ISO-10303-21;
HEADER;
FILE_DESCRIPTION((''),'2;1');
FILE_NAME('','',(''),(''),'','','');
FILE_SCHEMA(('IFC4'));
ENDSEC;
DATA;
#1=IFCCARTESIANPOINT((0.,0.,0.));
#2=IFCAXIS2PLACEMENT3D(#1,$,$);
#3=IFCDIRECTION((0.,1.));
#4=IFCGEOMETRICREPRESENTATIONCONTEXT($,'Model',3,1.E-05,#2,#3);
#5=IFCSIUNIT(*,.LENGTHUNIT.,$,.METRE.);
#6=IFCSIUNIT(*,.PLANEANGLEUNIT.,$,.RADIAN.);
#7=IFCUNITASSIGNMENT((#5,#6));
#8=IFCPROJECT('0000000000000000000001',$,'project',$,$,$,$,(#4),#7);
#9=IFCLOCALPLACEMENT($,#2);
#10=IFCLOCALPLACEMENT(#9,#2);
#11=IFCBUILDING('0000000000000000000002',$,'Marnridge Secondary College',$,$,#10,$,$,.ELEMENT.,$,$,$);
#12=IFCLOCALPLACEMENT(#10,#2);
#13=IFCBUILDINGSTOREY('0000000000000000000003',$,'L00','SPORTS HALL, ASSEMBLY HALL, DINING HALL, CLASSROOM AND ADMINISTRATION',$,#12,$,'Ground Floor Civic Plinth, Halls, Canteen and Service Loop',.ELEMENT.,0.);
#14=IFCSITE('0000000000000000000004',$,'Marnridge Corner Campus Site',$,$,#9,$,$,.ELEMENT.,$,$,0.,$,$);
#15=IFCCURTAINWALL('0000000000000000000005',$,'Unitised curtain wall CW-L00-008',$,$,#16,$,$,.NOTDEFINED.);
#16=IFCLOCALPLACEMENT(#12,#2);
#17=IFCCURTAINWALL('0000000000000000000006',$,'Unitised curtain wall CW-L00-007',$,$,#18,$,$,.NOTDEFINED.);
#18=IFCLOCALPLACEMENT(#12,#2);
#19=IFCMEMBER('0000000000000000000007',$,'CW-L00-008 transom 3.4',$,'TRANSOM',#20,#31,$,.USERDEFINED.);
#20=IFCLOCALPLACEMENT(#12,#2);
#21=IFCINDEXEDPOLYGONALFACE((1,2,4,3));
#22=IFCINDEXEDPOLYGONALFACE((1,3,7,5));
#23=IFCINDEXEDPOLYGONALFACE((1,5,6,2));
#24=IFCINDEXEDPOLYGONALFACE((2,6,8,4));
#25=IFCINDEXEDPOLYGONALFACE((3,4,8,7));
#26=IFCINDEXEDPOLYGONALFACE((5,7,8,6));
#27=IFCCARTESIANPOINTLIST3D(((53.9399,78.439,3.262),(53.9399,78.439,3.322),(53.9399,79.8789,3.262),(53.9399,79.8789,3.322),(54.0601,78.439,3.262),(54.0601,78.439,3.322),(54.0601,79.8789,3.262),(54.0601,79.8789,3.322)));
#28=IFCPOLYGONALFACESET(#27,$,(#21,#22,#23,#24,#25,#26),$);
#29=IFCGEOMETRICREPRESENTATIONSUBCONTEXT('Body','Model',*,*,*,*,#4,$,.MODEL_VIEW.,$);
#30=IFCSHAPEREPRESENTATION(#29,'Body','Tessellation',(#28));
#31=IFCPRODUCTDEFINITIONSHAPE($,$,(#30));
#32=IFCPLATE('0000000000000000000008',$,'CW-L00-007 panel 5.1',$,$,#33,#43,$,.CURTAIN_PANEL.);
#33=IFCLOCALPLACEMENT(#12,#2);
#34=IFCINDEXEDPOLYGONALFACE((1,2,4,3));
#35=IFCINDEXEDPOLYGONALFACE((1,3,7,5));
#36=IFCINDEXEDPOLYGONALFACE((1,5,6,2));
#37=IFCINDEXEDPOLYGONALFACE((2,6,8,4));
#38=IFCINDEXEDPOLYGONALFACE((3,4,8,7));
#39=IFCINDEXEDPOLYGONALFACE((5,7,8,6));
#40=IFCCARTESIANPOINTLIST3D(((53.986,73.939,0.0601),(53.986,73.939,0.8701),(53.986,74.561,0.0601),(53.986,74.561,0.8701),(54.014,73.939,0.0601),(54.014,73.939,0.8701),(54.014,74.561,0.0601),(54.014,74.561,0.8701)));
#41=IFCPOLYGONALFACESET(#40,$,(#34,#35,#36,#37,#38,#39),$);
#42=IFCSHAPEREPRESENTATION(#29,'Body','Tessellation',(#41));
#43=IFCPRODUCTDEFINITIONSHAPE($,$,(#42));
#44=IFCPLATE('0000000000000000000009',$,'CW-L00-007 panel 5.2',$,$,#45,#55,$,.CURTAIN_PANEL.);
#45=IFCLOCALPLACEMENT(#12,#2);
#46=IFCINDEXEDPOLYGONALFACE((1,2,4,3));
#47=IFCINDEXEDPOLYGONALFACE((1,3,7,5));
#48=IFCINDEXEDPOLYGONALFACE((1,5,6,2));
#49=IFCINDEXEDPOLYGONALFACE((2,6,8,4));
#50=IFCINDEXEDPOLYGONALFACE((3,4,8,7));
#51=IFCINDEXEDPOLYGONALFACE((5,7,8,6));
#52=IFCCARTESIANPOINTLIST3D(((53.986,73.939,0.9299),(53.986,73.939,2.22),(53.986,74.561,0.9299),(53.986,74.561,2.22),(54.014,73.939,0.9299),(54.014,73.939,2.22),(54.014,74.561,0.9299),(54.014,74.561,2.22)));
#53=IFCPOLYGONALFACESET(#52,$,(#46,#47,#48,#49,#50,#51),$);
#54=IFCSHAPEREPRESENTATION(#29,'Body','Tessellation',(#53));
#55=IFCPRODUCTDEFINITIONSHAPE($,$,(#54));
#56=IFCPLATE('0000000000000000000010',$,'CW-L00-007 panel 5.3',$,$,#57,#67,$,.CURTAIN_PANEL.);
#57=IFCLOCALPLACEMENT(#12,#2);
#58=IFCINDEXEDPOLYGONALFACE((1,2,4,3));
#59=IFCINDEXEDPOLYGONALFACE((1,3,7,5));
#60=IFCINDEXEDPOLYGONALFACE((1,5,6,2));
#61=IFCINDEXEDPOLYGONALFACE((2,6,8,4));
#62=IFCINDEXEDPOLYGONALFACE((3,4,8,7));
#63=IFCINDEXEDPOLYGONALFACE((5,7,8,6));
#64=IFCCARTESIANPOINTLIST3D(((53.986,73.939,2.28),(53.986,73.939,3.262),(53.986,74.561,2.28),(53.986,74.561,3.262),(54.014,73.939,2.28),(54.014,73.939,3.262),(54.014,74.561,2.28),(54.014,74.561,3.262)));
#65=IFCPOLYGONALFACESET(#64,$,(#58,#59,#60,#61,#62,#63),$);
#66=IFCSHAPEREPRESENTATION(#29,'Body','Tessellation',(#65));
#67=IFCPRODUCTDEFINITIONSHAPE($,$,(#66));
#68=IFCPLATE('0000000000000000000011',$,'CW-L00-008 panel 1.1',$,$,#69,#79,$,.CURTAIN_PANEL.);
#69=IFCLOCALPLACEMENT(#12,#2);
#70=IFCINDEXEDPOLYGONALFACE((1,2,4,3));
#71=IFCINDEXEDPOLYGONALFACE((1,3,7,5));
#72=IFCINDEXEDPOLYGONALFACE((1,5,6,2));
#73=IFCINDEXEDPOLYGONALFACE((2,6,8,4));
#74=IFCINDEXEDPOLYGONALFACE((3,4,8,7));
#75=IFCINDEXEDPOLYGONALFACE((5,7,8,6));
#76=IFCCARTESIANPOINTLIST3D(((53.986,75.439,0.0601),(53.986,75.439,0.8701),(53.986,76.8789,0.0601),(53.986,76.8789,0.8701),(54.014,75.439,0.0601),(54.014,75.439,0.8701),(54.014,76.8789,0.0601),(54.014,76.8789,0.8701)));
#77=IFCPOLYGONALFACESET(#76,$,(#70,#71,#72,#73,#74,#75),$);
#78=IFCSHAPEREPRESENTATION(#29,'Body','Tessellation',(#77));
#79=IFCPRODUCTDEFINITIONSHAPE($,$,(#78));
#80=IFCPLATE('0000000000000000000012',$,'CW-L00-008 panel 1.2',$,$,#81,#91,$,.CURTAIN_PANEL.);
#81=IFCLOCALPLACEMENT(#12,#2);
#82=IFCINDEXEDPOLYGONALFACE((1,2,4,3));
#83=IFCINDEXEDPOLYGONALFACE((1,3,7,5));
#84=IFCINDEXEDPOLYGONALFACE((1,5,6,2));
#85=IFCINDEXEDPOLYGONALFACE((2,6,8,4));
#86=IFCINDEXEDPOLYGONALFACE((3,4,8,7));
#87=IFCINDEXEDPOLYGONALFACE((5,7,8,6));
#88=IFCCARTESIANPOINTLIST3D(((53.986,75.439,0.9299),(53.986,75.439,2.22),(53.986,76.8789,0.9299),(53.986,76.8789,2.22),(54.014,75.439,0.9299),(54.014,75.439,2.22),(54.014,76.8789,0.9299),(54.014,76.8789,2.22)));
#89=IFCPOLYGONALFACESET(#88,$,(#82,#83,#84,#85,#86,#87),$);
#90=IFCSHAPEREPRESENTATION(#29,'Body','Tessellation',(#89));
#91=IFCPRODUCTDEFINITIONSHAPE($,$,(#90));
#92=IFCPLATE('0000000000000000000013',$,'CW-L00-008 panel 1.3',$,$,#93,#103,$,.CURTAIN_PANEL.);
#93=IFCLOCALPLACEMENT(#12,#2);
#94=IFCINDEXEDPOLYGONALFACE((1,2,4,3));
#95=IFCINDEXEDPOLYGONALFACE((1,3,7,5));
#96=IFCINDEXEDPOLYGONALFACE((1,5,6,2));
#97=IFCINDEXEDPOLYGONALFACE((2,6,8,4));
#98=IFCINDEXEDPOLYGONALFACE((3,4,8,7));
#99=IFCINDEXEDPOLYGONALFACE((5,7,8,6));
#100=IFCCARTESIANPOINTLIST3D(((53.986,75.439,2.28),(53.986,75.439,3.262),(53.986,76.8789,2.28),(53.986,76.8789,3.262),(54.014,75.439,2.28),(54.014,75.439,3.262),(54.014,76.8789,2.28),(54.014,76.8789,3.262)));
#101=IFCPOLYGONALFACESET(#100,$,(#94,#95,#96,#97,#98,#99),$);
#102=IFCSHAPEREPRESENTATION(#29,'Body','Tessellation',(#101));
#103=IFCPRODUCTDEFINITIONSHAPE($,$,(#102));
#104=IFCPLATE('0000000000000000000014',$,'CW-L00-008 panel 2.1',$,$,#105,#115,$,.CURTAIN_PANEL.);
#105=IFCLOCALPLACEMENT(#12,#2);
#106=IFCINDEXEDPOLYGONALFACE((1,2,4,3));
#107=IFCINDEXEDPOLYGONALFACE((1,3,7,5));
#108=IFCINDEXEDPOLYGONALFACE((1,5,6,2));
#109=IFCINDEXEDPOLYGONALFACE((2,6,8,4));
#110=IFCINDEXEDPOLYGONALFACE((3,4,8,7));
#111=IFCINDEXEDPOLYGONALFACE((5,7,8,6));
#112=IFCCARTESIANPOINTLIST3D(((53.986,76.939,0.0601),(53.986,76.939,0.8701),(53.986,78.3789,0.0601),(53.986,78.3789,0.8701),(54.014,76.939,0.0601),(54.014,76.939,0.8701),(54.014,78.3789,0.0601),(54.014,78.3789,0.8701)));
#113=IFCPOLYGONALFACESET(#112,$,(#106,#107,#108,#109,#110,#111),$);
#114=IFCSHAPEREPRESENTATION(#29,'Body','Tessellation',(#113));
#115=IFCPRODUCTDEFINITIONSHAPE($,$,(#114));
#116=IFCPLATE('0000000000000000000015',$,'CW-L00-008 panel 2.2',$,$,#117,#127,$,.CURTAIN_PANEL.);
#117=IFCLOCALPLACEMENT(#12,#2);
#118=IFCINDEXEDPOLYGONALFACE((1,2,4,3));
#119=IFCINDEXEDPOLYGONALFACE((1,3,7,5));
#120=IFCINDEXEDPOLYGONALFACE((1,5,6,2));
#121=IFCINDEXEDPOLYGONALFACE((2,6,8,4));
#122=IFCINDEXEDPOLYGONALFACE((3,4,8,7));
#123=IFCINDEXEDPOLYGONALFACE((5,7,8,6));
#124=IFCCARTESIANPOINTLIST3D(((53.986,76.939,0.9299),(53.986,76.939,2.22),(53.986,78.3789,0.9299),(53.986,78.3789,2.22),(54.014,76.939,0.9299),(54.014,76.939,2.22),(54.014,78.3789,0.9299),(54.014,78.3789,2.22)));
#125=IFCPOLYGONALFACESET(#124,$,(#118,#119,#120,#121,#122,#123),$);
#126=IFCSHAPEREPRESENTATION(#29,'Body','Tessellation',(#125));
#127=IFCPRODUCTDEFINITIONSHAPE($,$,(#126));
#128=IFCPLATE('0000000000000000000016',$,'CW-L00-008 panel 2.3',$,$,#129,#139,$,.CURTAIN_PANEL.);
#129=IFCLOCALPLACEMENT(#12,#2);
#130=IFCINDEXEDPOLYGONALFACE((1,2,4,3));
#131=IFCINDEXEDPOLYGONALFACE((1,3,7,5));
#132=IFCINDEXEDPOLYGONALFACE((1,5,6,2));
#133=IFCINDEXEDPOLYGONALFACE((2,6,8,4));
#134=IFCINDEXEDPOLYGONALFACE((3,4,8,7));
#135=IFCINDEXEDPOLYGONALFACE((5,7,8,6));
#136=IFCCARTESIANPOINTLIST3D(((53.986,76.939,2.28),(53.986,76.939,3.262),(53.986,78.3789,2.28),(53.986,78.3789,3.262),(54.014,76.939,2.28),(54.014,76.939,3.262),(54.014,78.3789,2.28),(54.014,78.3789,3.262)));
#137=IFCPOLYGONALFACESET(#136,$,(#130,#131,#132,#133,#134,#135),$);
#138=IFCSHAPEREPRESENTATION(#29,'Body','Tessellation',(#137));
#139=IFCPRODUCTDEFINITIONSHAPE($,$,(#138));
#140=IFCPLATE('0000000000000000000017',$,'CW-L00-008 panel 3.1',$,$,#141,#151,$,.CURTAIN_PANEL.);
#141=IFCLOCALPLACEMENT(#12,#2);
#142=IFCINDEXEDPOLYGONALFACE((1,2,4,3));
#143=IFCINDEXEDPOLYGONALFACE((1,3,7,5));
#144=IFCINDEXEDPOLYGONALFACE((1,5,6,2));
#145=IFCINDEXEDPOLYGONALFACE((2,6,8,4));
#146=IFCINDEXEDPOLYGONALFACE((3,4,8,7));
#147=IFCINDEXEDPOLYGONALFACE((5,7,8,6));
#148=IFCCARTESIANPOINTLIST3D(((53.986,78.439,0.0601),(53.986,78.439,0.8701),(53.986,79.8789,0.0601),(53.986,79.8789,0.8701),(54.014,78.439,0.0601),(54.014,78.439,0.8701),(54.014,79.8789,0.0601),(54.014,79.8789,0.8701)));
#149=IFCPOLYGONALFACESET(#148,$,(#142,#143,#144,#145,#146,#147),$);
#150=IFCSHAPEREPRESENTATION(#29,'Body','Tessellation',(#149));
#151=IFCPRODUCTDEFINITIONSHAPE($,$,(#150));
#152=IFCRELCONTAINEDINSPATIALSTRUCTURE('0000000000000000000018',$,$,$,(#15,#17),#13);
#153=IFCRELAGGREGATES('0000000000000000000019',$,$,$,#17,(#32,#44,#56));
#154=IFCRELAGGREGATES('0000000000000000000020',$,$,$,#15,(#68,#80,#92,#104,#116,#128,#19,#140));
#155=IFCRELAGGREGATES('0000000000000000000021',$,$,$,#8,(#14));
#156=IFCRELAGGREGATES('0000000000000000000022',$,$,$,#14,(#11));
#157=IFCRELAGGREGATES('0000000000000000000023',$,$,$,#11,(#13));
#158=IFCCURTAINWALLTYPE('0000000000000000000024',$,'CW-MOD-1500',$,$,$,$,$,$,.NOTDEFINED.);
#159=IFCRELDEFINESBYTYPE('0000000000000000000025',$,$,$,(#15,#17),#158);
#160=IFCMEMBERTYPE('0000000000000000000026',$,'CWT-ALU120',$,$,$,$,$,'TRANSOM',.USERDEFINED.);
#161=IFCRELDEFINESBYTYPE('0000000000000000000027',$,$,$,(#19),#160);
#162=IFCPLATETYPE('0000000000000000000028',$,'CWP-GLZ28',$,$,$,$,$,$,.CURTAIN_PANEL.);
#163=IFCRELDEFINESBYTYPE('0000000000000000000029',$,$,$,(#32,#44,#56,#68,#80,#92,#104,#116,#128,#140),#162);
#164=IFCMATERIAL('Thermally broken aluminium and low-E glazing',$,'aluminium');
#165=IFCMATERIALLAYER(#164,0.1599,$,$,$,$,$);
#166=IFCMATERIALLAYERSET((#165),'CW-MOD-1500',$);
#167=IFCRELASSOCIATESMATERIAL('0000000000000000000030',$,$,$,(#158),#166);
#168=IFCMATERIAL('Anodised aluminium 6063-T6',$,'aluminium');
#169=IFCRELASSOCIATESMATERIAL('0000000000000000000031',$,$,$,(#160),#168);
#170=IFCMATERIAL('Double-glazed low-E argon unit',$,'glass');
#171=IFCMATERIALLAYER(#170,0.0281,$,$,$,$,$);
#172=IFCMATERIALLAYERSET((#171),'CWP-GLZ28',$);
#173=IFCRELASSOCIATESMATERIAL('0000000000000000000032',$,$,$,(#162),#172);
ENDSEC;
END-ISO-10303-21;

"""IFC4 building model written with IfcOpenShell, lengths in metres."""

from ifc_helpers import new_model, si_unit, direction, frame, origin, origin_2d, place, context, subcontext, project, spatial, rectangle, extrude, material, layer, layer_set, material_profile, profile_set, type_object, element, aggregate, save


model = new_model("IFC4")

# Units and contexts
model_context = context("Model", 3, precision=1e-05, world=origin(), true_north=direction((0.0, 1.0)))
body_context = subcontext(model_context, "Body", "Model", "MODEL_VIEW")
ifc_project = project(units=[si_unit("LENGTHUNIT", "METRE"), si_unit("PLANEANGLEUNIT", "RADIAN")], contexts=[model_context])

# Site, building, storey
site_placement = place(None, origin())
site = spatial("IfcSite", under=ifc_project, at=site_placement, Name="Marnridge Corner Campus Site", CompositionType="ELEMENT", RefElevation=0.0)
building_placement = place(site_placement, origin())
building = spatial("IfcBuilding", under=site, at=building_placement, Name="Marnridge Secondary College", CompositionType="ELEMENT")
storey_placement = place(building_placement, origin())
storey = spatial("IfcBuildingStorey", under=building, at=storey_placement, Name="L00", Description="SPORTS HALL, ASSEMBLY HALL, DINING HALL, CLASSROOM AND ADMINISTRATION", LongName="Ground Floor Civic Plinth, Halls, Canteen and Service Loop", CompositionType="ELEMENT", Elevation=0.0)

# Curtain wall
ifc_material_1 = material(Name="Thermally broken aluminium and low-E glazing", Category="aluminium")
ifc_layer_1 = layer(ifc_material_1, 0.1599)
ifc_layer_set_1 = layer_set([ifc_layer_1], Name="CW-MOD-1500")
curtain_wall_type = type_object("IfcCurtainWallType", Name="CW-MOD-1500", PredefinedType="NOTDEFINED", material=ifc_layer_set_1)
curtain_wall_1_placement = place(storey_placement, origin())
curtain_wall_1 = element("IfcCurtainWall", 1, at=curtain_wall_1_placement, inside=storey, type_object=curtain_wall_type, Name="Unitised curtain wall CW-L00-008", PredefinedType="NOTDEFINED")

# Curtain wall
curtain_wall_2_placement = place(storey_placement, origin())
curtain_wall_2 = element("IfcCurtainWall", 2, at=curtain_wall_2_placement, inside=storey, type_object=curtain_wall_type, Name="Unitised curtain wall CW-L00-007", PredefinedType="NOTDEFINED")
ifc_material_2 = material(Name="Anodised aluminium 6063-T6", Category="aluminium")
ifc_material_profile_1 = material_profile(ifc_material_2, rectangle(XDim=0.0601, YDim=0.1201, at=origin_2d()), Name="ALU 60x120")
ifc_profile_set_1 = profile_set([ifc_material_profile_1], Name="Anodised aluminium 6063-T6")
member_type_1 = type_object("IfcMemberType", Name="CWT-ALU120", ElementType="TRANSOM", PredefinedType="USERDEFINED", material=ifc_profile_set_1)

# Member
member_1_placement = place(storey_placement, frame((54.0, 78.439, 3.292), z_axis=(0.0, 1.0, 0.0), x_axis=(0.0, 0.0, 1.0)))
member_1 = element("IfcMember", 3, at=member_1_placement, type_object=member_type_1, Name="CW-L00-008 transom 3.4", ObjectType="TRANSOM", PredefinedType="USERDEFINED", context=body_context, shape_type="SweptSolid", body=[
    extrude(rectangle(XDim=0.0601, YDim=0.1201, at=origin_2d()), origin(), (0.0, 0.0, 1.0), 1.4399),
])

# Plates
ifc_material_3 = material(Name="Double-glazed low-E argon unit", Category="glass")
ifc_layer_2 = layer(ifc_material_3, 0.0281)
ifc_layer_set_2 = layer_set([ifc_layer_2], Name="CWP-GLZ28")
plate_type = type_object("IfcPlateType", Name="CWP-GLZ28", PredefinedType="CURTAIN_PANEL", material=ifc_layer_set_2)
plate_1_placement = place(storey_placement, frame((54.0, 74.25, 0.0601), z_axis=(0.0, 0.0, 1.0), x_axis=(0.0, 1.0, 0.0)))
plate_1 = element("IfcPlate", 4, at=plate_1_placement, type_object=plate_type, Name="CW-L00-007 panel 5.1", PredefinedType="CURTAIN_PANEL", context=body_context, shape_type="SweptSolid", body=[
    extrude(rectangle(XDim=0.6221, YDim=0.0281, at=origin_2d()), origin(), (0.0, 0.0, 1.0), 0.8101),
])
plate_2_placement = place(storey_placement, frame((54.0, 74.25, 0.9299), z_axis=(0.0, 0.0, 1.0), x_axis=(0.0, 1.0, 0.0)))
plate_2 = element("IfcPlate", 5, at=plate_2_placement, type_object=plate_type, Name="CW-L00-007 panel 5.2", PredefinedType="CURTAIN_PANEL", context=body_context, shape_type="SweptSolid", body=[
    extrude(rectangle(XDim=0.6221, YDim=0.0281, at=origin_2d()), origin(), (0.0, 0.0, 1.0), 1.29),
])
plate_3_placement = place(storey_placement, frame((54.0, 74.25, 2.28), z_axis=(0.0, 0.0, 1.0), x_axis=(0.0, 1.0, 0.0)))
plate_3 = element("IfcPlate", 6, at=plate_3_placement, type_object=plate_type, Name="CW-L00-007 panel 5.3", PredefinedType="CURTAIN_PANEL", context=body_context, shape_type="SweptSolid", body=[
    extrude(rectangle(XDim=0.6221, YDim=0.0281, at=origin_2d()), origin(), (0.0, 0.0, 1.0), 0.9819),
])
aggregate(curtain_wall_2, [plate_1, plate_2, plate_3])
plate_4_placement = place(storey_placement, frame((54.0, 76.1589, 0.0601), z_axis=(0.0, 0.0, 1.0), x_axis=(0.0, 1.0, 0.0)))
plate_4 = element("IfcPlate", 7, at=plate_4_placement, type_object=plate_type, Name="CW-L00-008 panel 1.1", PredefinedType="CURTAIN_PANEL", context=body_context, shape_type="SweptSolid", body=[
    extrude(rectangle(XDim=1.4399, YDim=0.0281, at=origin_2d()), origin(), (0.0, 0.0, 1.0), 0.8101),
])
plate_5_placement = place(storey_placement, frame((54.0, 76.1589, 0.9299), z_axis=(0.0, 0.0, 1.0), x_axis=(0.0, 1.0, 0.0)))
plate_5 = element("IfcPlate", 8, at=plate_5_placement, type_object=plate_type, Name="CW-L00-008 panel 1.2", PredefinedType="CURTAIN_PANEL", context=body_context, shape_type="SweptSolid", body=[
    extrude(rectangle(XDim=1.4399, YDim=0.0281, at=origin_2d()), origin(), (0.0, 0.0, 1.0), 1.29),
])
plate_6_placement = place(storey_placement, frame((54.0, 76.1589, 2.28), z_axis=(0.0, 0.0, 1.0), x_axis=(0.0, 1.0, 0.0)))
plate_6 = element("IfcPlate", 9, at=plate_6_placement, type_object=plate_type, Name="CW-L00-008 panel 1.3", PredefinedType="CURTAIN_PANEL", context=body_context, shape_type="SweptSolid", body=[
    extrude(rectangle(XDim=1.4399, YDim=0.0281, at=origin_2d()), origin(), (0.0, 0.0, 1.0), 0.9819),
])
plate_7_placement = place(storey_placement, frame((54.0, 77.6589, 0.0601), z_axis=(0.0, 0.0, 1.0), x_axis=(0.0, 1.0, 0.0)))
plate_7 = element("IfcPlate", 10, at=plate_7_placement, type_object=plate_type, Name="CW-L00-008 panel 2.1", PredefinedType="CURTAIN_PANEL", context=body_context, shape_type="SweptSolid", body=[
    extrude(rectangle(XDim=1.4399, YDim=0.0281, at=origin_2d()), origin(), (0.0, 0.0, 1.0), 0.8101),
])
plate_8_placement = place(storey_placement, frame((54.0, 77.6589, 0.9299), z_axis=(0.0, 0.0, 1.0), x_axis=(0.0, 1.0, 0.0)))
plate_8 = element("IfcPlate", 11, at=plate_8_placement, type_object=plate_type, Name="CW-L00-008 panel 2.2", PredefinedType="CURTAIN_PANEL", context=body_context, shape_type="SweptSolid", body=[
    extrude(rectangle(XDim=1.4399, YDim=0.0281, at=origin_2d()), origin(), (0.0, 0.0, 1.0), 1.29),
])
plate_9_placement = place(storey_placement, frame((54.0, 77.6589, 2.28), z_axis=(0.0, 0.0, 1.0), x_axis=(0.0, 1.0, 0.0)))
plate_9 = element("IfcPlate", 12, at=plate_9_placement, type_object=plate_type, Name="CW-L00-008 panel 2.3", PredefinedType="CURTAIN_PANEL", context=body_context, shape_type="SweptSolid", body=[
    extrude(rectangle(XDim=1.4399, YDim=0.0281, at=origin_2d()), origin(), (0.0, 0.0, 1.0), 0.9819),
])
plate_10_placement = place(storey_placement, frame((54.0, 79.1589, 0.0601), z_axis=(0.0, 0.0, 1.0), x_axis=(0.0, 1.0, 0.0)))
plate_10 = element("IfcPlate", 13, at=plate_10_placement, type_object=plate_type, Name="CW-L00-008 panel 3.1", PredefinedType="CURTAIN_PANEL", context=body_context, shape_type="SweptSolid", body=[
    extrude(rectangle(XDim=1.4399, YDim=0.0281, at=origin_2d()), origin(), (0.0, 0.0, 1.0), 0.8101),
])
aggregate(curtain_wall_1, [plate_4, plate_5, plate_6, plate_7, plate_8, plate_9, member_1, plate_10])

save(model, "model.ifc")
